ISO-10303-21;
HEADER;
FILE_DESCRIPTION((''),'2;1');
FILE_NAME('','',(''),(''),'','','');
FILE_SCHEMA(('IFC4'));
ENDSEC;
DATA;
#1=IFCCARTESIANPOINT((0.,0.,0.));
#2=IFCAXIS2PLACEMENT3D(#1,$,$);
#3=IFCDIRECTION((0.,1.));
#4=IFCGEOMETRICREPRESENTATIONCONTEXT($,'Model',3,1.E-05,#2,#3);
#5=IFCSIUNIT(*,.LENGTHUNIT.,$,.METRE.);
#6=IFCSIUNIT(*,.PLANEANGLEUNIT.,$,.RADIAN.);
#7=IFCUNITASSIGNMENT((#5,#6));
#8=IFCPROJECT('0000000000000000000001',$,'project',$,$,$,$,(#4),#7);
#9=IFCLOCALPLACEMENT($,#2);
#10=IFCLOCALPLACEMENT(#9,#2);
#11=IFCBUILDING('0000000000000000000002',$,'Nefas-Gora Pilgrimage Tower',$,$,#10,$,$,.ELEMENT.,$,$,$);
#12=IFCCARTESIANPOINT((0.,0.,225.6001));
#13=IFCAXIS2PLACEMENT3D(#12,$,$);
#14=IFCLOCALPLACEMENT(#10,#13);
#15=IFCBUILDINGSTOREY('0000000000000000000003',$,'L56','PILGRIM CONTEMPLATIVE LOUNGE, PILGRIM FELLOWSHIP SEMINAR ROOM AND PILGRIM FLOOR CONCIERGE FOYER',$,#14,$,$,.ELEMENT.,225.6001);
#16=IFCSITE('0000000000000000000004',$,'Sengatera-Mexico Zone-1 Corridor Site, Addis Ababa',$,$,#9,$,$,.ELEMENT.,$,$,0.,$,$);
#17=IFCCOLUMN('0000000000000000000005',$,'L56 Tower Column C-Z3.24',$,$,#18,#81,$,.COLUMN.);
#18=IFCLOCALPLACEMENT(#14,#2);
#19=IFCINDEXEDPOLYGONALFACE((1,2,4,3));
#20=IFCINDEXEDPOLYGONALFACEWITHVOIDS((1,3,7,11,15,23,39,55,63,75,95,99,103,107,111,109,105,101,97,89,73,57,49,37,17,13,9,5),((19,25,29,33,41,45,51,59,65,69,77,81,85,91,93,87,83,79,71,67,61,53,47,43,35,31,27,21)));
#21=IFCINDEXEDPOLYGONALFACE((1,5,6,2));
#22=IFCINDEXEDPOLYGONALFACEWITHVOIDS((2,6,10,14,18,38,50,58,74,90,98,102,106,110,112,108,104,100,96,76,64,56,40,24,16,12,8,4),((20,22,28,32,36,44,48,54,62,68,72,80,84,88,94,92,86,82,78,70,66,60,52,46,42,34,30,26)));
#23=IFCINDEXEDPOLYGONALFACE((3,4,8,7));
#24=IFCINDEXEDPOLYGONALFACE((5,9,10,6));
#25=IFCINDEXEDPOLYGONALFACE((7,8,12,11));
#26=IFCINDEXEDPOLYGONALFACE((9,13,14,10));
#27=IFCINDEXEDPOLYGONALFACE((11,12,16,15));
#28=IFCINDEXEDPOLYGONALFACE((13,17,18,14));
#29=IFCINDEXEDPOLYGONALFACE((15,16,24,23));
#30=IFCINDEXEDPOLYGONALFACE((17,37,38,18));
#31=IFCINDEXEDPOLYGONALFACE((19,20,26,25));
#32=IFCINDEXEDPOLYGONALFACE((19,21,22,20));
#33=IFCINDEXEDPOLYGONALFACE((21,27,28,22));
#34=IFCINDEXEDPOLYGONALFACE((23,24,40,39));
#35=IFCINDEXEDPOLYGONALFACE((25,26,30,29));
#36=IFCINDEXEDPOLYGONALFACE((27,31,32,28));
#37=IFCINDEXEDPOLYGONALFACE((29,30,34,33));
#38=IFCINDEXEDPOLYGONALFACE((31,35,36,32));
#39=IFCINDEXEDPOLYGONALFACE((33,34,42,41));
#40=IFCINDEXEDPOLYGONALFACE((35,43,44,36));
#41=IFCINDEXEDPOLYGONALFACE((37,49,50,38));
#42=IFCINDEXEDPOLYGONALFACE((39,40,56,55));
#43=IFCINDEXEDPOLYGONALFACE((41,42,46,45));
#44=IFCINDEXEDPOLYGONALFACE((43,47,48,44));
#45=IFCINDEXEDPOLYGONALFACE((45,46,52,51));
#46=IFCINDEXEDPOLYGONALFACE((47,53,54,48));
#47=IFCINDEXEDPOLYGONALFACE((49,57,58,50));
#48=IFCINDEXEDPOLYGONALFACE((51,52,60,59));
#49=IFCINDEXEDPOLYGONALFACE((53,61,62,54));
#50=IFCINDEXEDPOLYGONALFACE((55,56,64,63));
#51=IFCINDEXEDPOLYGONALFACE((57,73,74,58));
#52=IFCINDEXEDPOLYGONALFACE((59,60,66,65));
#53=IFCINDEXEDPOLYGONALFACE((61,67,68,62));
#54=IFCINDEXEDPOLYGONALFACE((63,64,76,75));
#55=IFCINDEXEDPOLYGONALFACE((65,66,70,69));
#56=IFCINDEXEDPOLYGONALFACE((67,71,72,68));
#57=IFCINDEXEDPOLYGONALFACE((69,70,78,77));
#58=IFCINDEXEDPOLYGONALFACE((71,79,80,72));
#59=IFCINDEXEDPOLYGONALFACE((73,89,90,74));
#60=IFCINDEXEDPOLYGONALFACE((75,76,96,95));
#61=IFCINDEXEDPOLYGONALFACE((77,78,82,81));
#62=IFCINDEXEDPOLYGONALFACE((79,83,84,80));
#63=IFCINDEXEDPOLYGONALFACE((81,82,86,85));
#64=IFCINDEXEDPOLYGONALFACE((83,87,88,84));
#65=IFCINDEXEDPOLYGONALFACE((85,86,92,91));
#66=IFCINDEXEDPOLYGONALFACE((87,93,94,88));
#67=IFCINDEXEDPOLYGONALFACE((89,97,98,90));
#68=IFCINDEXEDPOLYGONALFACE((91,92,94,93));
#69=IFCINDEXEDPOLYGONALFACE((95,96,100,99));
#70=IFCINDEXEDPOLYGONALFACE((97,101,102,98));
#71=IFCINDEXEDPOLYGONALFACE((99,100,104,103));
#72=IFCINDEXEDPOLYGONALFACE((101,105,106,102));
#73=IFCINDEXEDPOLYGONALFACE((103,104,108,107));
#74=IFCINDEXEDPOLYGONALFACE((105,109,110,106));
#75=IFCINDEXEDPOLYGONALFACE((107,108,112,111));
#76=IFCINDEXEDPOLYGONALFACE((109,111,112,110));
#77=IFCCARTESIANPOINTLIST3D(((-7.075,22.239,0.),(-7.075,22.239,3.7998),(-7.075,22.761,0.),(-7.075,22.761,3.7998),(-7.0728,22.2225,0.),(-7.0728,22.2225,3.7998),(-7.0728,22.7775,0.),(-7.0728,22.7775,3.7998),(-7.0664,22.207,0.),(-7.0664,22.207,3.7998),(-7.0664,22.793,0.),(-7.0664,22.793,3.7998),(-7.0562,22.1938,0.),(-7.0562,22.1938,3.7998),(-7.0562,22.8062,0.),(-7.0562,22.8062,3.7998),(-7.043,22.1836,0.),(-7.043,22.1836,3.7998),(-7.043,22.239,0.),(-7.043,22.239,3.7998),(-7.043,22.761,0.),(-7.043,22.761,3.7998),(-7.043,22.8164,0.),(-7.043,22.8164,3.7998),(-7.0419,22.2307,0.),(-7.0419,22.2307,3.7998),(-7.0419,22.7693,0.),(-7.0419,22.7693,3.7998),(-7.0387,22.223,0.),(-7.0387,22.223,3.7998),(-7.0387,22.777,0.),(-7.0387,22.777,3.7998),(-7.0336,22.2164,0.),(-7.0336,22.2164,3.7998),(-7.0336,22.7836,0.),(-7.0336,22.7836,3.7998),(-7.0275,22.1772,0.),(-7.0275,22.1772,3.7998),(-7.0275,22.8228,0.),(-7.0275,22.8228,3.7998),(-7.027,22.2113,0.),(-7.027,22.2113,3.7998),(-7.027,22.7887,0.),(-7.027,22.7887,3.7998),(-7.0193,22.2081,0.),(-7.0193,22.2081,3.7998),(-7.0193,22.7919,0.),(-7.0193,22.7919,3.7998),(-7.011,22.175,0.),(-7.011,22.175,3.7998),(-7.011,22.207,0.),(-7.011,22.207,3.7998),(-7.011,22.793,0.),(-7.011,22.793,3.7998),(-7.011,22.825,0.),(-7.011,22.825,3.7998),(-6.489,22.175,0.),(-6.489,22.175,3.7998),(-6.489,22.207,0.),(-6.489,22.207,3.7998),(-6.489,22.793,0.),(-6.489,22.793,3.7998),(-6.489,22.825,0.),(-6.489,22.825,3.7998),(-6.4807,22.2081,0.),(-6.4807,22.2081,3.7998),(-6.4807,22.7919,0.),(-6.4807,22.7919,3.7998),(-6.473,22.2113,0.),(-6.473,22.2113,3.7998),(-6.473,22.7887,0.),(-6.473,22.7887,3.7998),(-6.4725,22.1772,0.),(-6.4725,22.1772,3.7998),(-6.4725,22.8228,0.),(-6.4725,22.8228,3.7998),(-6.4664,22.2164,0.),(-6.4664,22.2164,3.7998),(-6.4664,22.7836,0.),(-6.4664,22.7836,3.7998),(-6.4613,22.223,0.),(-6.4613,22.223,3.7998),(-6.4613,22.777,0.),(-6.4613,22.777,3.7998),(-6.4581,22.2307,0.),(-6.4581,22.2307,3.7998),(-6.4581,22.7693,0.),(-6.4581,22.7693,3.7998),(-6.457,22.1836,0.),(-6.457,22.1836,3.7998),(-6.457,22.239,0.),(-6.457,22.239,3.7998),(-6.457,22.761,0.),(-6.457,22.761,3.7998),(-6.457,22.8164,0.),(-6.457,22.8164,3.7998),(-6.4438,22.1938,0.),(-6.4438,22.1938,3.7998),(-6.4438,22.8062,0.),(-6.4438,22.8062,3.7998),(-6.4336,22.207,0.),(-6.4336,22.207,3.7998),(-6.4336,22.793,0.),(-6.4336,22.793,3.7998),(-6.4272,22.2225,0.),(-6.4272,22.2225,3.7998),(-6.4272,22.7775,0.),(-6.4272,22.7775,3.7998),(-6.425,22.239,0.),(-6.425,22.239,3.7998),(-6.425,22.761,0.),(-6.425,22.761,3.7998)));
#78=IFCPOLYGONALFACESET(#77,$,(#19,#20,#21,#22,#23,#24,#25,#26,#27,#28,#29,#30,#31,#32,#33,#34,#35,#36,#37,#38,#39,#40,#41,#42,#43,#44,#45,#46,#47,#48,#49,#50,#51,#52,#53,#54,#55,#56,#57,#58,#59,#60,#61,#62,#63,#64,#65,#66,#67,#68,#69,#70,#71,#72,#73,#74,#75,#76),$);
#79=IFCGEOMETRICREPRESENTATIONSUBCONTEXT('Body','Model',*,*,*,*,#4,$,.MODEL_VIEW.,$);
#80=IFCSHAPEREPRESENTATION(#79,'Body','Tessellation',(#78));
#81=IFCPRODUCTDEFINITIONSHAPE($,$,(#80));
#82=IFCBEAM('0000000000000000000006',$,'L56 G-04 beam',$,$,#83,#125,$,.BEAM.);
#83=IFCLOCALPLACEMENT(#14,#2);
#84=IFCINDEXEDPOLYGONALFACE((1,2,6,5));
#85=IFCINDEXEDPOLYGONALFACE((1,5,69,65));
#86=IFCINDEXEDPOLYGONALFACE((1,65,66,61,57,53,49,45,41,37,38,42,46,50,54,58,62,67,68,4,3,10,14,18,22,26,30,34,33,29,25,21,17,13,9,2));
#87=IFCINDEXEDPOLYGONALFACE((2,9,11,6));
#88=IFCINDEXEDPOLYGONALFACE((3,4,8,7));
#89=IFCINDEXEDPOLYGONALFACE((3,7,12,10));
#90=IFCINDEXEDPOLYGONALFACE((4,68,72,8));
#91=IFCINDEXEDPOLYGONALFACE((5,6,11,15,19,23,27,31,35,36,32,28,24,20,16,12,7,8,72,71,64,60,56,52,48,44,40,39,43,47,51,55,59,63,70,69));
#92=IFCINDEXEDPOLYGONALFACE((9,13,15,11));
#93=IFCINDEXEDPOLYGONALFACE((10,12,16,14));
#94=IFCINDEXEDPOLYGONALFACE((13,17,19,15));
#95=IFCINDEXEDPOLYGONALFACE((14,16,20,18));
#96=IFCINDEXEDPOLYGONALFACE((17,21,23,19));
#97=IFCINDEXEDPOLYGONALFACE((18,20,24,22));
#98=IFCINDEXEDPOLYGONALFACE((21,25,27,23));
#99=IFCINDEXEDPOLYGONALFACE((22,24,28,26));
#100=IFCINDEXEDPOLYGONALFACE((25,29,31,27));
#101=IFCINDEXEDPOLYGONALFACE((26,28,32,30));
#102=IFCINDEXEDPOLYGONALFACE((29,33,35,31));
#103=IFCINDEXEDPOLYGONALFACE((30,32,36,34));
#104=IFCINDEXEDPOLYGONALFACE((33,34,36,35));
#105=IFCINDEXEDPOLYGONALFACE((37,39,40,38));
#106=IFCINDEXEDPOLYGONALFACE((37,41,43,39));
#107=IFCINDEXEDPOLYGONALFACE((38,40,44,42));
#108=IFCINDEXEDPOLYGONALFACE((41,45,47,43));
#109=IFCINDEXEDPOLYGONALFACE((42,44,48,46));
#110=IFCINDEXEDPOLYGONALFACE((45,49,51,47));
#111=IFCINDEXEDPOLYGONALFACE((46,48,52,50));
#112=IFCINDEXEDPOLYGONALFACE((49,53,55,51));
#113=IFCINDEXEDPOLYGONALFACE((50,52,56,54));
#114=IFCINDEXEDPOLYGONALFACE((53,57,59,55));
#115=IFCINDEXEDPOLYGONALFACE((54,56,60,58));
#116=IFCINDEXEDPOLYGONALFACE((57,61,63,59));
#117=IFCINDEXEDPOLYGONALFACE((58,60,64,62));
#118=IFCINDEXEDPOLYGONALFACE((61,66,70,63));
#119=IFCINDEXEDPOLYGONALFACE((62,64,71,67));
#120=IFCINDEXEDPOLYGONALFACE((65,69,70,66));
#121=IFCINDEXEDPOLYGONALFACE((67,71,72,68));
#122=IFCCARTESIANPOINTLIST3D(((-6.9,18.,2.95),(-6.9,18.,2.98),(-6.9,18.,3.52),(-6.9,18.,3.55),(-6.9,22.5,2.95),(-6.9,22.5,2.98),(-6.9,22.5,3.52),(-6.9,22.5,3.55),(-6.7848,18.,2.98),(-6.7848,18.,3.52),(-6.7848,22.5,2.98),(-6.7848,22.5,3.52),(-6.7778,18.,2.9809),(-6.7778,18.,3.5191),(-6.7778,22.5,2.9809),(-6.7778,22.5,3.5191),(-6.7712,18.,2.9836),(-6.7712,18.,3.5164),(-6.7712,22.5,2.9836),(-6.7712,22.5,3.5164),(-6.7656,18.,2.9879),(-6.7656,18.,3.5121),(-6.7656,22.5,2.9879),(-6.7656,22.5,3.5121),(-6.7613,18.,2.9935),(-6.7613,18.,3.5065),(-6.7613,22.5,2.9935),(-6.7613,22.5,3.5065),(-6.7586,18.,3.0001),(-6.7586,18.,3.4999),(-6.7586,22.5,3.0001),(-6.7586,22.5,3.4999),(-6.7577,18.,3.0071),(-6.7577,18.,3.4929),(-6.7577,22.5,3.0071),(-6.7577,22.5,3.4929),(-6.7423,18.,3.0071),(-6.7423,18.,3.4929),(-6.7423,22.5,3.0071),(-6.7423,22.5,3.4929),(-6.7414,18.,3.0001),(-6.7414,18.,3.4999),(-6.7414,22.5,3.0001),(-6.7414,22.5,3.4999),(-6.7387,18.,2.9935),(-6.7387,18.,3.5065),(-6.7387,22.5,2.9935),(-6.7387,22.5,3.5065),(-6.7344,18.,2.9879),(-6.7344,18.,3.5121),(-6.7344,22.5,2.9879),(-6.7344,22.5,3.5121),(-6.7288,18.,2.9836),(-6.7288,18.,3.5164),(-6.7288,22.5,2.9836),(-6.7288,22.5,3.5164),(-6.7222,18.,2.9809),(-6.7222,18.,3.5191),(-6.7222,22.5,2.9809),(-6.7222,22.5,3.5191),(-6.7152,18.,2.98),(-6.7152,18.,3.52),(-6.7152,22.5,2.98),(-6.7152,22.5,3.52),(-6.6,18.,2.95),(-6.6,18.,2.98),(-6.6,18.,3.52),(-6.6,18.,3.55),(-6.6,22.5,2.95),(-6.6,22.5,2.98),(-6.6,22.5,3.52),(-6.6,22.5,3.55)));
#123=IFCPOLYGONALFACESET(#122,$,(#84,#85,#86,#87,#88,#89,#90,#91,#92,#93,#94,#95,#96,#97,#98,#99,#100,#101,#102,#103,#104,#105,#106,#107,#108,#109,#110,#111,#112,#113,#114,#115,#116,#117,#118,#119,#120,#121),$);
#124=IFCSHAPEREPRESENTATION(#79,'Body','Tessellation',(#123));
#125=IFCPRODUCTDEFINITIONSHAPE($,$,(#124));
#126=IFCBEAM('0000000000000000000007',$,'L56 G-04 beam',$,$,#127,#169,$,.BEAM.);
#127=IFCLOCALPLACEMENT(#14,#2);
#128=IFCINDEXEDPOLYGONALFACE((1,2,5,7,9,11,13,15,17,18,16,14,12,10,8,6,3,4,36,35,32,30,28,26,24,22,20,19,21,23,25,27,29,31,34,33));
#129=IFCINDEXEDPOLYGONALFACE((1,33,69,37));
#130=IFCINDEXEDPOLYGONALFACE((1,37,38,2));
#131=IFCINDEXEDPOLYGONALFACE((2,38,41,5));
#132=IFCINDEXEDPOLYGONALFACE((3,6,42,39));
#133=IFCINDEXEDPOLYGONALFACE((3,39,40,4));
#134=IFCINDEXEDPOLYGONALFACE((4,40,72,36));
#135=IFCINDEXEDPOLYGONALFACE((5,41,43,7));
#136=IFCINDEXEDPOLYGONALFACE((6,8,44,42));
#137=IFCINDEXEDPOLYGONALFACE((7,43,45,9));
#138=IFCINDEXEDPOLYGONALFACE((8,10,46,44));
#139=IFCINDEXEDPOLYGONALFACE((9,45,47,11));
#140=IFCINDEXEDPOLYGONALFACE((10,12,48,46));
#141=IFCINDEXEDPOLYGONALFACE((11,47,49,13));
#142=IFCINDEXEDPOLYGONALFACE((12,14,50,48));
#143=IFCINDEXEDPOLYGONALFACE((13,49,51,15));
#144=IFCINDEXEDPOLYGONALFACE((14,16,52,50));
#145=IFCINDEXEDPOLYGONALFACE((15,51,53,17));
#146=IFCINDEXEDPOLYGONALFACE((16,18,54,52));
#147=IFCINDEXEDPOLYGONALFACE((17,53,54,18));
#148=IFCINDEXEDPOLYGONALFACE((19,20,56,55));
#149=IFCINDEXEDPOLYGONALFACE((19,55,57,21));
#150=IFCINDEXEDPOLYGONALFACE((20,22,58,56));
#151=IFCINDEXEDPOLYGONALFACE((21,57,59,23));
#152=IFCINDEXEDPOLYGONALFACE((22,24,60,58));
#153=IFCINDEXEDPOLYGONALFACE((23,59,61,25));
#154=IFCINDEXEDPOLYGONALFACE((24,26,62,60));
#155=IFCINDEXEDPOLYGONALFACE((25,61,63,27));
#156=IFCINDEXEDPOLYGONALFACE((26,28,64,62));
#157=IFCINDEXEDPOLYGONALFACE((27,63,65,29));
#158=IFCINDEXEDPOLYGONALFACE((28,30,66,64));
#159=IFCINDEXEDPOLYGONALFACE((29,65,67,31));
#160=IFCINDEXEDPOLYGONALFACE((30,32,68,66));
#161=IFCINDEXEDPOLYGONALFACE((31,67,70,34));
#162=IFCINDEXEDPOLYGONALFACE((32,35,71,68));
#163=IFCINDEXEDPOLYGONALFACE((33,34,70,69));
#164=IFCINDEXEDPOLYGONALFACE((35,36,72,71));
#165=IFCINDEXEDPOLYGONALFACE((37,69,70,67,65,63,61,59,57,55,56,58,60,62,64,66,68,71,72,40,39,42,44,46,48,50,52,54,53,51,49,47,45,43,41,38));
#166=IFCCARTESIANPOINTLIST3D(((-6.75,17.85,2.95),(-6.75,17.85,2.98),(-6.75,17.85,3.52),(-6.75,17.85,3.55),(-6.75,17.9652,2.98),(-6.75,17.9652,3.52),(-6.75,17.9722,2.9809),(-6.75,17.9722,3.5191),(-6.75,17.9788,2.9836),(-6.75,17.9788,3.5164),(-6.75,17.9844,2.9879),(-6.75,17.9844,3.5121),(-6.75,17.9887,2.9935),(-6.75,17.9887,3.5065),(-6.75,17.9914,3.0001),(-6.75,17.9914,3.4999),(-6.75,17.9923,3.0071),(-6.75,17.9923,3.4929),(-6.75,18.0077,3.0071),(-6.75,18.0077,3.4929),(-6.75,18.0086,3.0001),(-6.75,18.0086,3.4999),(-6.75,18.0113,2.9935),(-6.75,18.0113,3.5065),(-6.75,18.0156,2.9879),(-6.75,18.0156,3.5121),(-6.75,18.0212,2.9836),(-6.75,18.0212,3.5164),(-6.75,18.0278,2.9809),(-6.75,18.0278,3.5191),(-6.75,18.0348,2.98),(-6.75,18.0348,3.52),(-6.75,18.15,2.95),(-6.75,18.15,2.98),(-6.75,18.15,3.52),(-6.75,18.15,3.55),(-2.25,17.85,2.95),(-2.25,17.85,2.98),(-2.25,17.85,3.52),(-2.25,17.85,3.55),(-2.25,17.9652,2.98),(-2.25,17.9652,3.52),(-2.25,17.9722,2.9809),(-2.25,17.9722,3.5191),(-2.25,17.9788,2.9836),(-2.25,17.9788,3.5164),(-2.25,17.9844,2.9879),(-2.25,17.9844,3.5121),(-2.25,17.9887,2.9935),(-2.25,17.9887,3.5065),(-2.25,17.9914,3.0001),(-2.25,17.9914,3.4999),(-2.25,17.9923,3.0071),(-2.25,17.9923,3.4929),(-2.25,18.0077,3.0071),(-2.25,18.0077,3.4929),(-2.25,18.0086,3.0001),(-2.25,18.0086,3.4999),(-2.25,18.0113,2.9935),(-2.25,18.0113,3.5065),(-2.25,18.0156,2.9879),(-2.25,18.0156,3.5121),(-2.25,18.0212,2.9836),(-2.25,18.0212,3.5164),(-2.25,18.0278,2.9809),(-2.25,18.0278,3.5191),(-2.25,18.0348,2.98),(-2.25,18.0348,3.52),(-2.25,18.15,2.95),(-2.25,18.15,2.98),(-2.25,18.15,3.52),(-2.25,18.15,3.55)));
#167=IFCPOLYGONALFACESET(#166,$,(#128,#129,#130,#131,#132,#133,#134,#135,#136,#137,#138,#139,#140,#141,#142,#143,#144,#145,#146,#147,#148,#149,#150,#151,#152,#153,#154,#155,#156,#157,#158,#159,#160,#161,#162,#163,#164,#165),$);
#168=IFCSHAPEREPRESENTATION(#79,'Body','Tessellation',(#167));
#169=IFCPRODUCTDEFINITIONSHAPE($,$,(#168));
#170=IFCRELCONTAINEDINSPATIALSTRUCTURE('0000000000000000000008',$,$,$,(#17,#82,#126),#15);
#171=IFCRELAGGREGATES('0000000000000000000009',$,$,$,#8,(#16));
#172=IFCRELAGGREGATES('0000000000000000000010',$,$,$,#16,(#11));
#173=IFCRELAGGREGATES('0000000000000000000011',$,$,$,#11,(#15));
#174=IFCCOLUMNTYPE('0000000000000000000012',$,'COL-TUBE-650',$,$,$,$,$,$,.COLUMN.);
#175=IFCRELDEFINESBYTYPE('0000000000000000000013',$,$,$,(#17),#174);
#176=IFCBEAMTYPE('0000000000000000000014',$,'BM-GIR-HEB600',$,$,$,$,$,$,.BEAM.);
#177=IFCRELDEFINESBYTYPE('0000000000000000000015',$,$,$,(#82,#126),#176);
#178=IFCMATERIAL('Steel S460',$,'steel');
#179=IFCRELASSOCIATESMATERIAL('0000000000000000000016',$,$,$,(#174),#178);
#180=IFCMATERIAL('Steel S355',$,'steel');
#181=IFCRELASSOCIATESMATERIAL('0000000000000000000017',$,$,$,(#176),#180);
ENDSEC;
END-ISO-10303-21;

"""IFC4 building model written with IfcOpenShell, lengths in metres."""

from ifc_helpers import new_model, si_unit, direction, frame, origin, origin_2d, place, context, subcontext, project, spatial, hollow_rectangle, i_section, extrude, source, transform, mapped, material, material_profile, profile_set, type_object, element, save


model = new_model("IFC4")

# Units and contexts
model_context = context("Model", 3, precision=1e-05, world=origin(), true_north=direction((0.0, 1.0)))
body_context = subcontext(model_context, "Body", "Model", "MODEL_VIEW")
ifc_project = project(units=[si_unit("LENGTHUNIT", "METRE"), si_unit("PLANEANGLEUNIT", "RADIAN")], contexts=[model_context])

# Site, building, storey
site_placement = place(None, origin())
site = spatial("IfcSite", under=ifc_project, at=site_placement, Name="Sengatera-Mexico Zone-1 Corridor Site, Addis Ababa", CompositionType="ELEMENT", RefElevation=0.0)
building_placement = place(site_placement, origin())
building = spatial("IfcBuilding", under=site, at=building_placement, Name="Nefas-Gora Pilgrimage Tower", CompositionType="ELEMENT")
storey_placement = place(building_placement, frame((0.0, 0.0, 225.6001)))
storey = spatial("IfcBuildingStorey", under=building, at=storey_placement, Name="L56", Description="PILGRIM CONTEMPLATIVE LOUNGE, PILGRIM FELLOWSHIP SEMINAR ROOM AND PILGRIM FLOOR CONCIERGE FOYER", CompositionType="ELEMENT", Elevation=225.6001)

# Column
ifc_material_1 = material(Name="Steel S460", Category="steel")
ifc_material_profile_1 = material_profile(ifc_material_1, hollow_rectangle(XDim=0.6499, YDim=0.6499, WallThickness=0.032, InnerFilletRadius=0.032, OuterFilletRadius=0.064, at=origin_2d()), Name="BOX 650x650x32")
ifc_profile_set_1 = profile_set([ifc_material_profile_1], Name="Steel S460")
column_type_1 = type_object("IfcColumnType", Name="COL-TUBE-650", PredefinedType="COLUMN", material=ifc_profile_set_1)
shared_shape_1 = source(origin(), body_context, "Body", "SweptSolid", [
    extrude(hollow_rectangle(XDim=0.6499, YDim=0.6499, WallThickness=0.032, InnerFilletRadius=0.032, OuterFilletRadius=0.064, at=origin_2d()), origin(), (0.0, 0.0, 1.0), 3.7998),
])
column_placement = place(storey_placement, frame((-6.75, 22.5, 0.0), z_axis=(0.0, 0.0, 1.0), x_axis=(1.0, 0.0, 0.0)))
element("IfcColumn", 1, at=column_placement, inside=storey, type_object=column_type_1, Name="L56 Tower Column C-Z3.24", PredefinedType="COLUMN", context=body_context, shape_type="MappedRepresentation", body=[
    mapped(shared_shape_1, transform((0.0, 0.0, 0.0), x_axis=(1.0, 0.0, 0.0), y_axis=(0.0, 1.0, 0.0), z_axis=(0.0, 0.0, 1.0), scale=1.0)),
])

# Beams
ifc_material_2 = material(Name="Steel S355", Category="steel")
ifc_material_profile_2 = material_profile(ifc_material_2, i_section(OverallWidth=0.3, OverallDepth=0.6001, WebThickness=0.0154, FlangeThickness=0.03, FilletRadius=0.0271, at=origin_2d()), Name="HEB 600")
ifc_profile_set_2 = profile_set([ifc_material_profile_2], Name="Steel S355")
beam_type = type_object("IfcBeamType", Name="BM-GIR-HEB600", PredefinedType="BEAM", material=ifc_profile_set_2)
shared_shape_2 = source(origin(), body_context, "Body", "SweptSolid", [
    extrude(i_section(OverallWidth=0.3, OverallDepth=0.6001, WebThickness=0.0154, FlangeThickness=0.03, FilletRadius=0.0271, at=origin_2d()), origin(), (0.0, 0.0, 1.0), 4.5),
])
for number, where, z_axis, x_axis, name in (
    (2, (-6.75, 18.0, 3.25), (0.0, 1.0, 0.0), (-1.0, 0.0, 0.0), "L56 G-04 beam"),
    (3, (-6.75, 18.0, 3.25), (1.0, 0.0, 0.0), (0.0, 1.0, 0.0), "L56 G-04 beam"),
):
    element("IfcBeam", number, at=place(storey_placement, frame(where, z_axis=z_axis, x_axis=x_axis)), inside=storey, type_object=beam_type, Name=name, PredefinedType="BEAM", context=body_context, shape_type="MappedRepresentation", body=[
        mapped(shared_shape_2, transform((0.0, 0.0, 0.0), x_axis=(1.0, 0.0, 0.0), y_axis=(0.0, 1.0, 0.0), z_axis=(0.0, 0.0, 1.0), scale=1.0)),
    ])

save(model, "model.ifc")
